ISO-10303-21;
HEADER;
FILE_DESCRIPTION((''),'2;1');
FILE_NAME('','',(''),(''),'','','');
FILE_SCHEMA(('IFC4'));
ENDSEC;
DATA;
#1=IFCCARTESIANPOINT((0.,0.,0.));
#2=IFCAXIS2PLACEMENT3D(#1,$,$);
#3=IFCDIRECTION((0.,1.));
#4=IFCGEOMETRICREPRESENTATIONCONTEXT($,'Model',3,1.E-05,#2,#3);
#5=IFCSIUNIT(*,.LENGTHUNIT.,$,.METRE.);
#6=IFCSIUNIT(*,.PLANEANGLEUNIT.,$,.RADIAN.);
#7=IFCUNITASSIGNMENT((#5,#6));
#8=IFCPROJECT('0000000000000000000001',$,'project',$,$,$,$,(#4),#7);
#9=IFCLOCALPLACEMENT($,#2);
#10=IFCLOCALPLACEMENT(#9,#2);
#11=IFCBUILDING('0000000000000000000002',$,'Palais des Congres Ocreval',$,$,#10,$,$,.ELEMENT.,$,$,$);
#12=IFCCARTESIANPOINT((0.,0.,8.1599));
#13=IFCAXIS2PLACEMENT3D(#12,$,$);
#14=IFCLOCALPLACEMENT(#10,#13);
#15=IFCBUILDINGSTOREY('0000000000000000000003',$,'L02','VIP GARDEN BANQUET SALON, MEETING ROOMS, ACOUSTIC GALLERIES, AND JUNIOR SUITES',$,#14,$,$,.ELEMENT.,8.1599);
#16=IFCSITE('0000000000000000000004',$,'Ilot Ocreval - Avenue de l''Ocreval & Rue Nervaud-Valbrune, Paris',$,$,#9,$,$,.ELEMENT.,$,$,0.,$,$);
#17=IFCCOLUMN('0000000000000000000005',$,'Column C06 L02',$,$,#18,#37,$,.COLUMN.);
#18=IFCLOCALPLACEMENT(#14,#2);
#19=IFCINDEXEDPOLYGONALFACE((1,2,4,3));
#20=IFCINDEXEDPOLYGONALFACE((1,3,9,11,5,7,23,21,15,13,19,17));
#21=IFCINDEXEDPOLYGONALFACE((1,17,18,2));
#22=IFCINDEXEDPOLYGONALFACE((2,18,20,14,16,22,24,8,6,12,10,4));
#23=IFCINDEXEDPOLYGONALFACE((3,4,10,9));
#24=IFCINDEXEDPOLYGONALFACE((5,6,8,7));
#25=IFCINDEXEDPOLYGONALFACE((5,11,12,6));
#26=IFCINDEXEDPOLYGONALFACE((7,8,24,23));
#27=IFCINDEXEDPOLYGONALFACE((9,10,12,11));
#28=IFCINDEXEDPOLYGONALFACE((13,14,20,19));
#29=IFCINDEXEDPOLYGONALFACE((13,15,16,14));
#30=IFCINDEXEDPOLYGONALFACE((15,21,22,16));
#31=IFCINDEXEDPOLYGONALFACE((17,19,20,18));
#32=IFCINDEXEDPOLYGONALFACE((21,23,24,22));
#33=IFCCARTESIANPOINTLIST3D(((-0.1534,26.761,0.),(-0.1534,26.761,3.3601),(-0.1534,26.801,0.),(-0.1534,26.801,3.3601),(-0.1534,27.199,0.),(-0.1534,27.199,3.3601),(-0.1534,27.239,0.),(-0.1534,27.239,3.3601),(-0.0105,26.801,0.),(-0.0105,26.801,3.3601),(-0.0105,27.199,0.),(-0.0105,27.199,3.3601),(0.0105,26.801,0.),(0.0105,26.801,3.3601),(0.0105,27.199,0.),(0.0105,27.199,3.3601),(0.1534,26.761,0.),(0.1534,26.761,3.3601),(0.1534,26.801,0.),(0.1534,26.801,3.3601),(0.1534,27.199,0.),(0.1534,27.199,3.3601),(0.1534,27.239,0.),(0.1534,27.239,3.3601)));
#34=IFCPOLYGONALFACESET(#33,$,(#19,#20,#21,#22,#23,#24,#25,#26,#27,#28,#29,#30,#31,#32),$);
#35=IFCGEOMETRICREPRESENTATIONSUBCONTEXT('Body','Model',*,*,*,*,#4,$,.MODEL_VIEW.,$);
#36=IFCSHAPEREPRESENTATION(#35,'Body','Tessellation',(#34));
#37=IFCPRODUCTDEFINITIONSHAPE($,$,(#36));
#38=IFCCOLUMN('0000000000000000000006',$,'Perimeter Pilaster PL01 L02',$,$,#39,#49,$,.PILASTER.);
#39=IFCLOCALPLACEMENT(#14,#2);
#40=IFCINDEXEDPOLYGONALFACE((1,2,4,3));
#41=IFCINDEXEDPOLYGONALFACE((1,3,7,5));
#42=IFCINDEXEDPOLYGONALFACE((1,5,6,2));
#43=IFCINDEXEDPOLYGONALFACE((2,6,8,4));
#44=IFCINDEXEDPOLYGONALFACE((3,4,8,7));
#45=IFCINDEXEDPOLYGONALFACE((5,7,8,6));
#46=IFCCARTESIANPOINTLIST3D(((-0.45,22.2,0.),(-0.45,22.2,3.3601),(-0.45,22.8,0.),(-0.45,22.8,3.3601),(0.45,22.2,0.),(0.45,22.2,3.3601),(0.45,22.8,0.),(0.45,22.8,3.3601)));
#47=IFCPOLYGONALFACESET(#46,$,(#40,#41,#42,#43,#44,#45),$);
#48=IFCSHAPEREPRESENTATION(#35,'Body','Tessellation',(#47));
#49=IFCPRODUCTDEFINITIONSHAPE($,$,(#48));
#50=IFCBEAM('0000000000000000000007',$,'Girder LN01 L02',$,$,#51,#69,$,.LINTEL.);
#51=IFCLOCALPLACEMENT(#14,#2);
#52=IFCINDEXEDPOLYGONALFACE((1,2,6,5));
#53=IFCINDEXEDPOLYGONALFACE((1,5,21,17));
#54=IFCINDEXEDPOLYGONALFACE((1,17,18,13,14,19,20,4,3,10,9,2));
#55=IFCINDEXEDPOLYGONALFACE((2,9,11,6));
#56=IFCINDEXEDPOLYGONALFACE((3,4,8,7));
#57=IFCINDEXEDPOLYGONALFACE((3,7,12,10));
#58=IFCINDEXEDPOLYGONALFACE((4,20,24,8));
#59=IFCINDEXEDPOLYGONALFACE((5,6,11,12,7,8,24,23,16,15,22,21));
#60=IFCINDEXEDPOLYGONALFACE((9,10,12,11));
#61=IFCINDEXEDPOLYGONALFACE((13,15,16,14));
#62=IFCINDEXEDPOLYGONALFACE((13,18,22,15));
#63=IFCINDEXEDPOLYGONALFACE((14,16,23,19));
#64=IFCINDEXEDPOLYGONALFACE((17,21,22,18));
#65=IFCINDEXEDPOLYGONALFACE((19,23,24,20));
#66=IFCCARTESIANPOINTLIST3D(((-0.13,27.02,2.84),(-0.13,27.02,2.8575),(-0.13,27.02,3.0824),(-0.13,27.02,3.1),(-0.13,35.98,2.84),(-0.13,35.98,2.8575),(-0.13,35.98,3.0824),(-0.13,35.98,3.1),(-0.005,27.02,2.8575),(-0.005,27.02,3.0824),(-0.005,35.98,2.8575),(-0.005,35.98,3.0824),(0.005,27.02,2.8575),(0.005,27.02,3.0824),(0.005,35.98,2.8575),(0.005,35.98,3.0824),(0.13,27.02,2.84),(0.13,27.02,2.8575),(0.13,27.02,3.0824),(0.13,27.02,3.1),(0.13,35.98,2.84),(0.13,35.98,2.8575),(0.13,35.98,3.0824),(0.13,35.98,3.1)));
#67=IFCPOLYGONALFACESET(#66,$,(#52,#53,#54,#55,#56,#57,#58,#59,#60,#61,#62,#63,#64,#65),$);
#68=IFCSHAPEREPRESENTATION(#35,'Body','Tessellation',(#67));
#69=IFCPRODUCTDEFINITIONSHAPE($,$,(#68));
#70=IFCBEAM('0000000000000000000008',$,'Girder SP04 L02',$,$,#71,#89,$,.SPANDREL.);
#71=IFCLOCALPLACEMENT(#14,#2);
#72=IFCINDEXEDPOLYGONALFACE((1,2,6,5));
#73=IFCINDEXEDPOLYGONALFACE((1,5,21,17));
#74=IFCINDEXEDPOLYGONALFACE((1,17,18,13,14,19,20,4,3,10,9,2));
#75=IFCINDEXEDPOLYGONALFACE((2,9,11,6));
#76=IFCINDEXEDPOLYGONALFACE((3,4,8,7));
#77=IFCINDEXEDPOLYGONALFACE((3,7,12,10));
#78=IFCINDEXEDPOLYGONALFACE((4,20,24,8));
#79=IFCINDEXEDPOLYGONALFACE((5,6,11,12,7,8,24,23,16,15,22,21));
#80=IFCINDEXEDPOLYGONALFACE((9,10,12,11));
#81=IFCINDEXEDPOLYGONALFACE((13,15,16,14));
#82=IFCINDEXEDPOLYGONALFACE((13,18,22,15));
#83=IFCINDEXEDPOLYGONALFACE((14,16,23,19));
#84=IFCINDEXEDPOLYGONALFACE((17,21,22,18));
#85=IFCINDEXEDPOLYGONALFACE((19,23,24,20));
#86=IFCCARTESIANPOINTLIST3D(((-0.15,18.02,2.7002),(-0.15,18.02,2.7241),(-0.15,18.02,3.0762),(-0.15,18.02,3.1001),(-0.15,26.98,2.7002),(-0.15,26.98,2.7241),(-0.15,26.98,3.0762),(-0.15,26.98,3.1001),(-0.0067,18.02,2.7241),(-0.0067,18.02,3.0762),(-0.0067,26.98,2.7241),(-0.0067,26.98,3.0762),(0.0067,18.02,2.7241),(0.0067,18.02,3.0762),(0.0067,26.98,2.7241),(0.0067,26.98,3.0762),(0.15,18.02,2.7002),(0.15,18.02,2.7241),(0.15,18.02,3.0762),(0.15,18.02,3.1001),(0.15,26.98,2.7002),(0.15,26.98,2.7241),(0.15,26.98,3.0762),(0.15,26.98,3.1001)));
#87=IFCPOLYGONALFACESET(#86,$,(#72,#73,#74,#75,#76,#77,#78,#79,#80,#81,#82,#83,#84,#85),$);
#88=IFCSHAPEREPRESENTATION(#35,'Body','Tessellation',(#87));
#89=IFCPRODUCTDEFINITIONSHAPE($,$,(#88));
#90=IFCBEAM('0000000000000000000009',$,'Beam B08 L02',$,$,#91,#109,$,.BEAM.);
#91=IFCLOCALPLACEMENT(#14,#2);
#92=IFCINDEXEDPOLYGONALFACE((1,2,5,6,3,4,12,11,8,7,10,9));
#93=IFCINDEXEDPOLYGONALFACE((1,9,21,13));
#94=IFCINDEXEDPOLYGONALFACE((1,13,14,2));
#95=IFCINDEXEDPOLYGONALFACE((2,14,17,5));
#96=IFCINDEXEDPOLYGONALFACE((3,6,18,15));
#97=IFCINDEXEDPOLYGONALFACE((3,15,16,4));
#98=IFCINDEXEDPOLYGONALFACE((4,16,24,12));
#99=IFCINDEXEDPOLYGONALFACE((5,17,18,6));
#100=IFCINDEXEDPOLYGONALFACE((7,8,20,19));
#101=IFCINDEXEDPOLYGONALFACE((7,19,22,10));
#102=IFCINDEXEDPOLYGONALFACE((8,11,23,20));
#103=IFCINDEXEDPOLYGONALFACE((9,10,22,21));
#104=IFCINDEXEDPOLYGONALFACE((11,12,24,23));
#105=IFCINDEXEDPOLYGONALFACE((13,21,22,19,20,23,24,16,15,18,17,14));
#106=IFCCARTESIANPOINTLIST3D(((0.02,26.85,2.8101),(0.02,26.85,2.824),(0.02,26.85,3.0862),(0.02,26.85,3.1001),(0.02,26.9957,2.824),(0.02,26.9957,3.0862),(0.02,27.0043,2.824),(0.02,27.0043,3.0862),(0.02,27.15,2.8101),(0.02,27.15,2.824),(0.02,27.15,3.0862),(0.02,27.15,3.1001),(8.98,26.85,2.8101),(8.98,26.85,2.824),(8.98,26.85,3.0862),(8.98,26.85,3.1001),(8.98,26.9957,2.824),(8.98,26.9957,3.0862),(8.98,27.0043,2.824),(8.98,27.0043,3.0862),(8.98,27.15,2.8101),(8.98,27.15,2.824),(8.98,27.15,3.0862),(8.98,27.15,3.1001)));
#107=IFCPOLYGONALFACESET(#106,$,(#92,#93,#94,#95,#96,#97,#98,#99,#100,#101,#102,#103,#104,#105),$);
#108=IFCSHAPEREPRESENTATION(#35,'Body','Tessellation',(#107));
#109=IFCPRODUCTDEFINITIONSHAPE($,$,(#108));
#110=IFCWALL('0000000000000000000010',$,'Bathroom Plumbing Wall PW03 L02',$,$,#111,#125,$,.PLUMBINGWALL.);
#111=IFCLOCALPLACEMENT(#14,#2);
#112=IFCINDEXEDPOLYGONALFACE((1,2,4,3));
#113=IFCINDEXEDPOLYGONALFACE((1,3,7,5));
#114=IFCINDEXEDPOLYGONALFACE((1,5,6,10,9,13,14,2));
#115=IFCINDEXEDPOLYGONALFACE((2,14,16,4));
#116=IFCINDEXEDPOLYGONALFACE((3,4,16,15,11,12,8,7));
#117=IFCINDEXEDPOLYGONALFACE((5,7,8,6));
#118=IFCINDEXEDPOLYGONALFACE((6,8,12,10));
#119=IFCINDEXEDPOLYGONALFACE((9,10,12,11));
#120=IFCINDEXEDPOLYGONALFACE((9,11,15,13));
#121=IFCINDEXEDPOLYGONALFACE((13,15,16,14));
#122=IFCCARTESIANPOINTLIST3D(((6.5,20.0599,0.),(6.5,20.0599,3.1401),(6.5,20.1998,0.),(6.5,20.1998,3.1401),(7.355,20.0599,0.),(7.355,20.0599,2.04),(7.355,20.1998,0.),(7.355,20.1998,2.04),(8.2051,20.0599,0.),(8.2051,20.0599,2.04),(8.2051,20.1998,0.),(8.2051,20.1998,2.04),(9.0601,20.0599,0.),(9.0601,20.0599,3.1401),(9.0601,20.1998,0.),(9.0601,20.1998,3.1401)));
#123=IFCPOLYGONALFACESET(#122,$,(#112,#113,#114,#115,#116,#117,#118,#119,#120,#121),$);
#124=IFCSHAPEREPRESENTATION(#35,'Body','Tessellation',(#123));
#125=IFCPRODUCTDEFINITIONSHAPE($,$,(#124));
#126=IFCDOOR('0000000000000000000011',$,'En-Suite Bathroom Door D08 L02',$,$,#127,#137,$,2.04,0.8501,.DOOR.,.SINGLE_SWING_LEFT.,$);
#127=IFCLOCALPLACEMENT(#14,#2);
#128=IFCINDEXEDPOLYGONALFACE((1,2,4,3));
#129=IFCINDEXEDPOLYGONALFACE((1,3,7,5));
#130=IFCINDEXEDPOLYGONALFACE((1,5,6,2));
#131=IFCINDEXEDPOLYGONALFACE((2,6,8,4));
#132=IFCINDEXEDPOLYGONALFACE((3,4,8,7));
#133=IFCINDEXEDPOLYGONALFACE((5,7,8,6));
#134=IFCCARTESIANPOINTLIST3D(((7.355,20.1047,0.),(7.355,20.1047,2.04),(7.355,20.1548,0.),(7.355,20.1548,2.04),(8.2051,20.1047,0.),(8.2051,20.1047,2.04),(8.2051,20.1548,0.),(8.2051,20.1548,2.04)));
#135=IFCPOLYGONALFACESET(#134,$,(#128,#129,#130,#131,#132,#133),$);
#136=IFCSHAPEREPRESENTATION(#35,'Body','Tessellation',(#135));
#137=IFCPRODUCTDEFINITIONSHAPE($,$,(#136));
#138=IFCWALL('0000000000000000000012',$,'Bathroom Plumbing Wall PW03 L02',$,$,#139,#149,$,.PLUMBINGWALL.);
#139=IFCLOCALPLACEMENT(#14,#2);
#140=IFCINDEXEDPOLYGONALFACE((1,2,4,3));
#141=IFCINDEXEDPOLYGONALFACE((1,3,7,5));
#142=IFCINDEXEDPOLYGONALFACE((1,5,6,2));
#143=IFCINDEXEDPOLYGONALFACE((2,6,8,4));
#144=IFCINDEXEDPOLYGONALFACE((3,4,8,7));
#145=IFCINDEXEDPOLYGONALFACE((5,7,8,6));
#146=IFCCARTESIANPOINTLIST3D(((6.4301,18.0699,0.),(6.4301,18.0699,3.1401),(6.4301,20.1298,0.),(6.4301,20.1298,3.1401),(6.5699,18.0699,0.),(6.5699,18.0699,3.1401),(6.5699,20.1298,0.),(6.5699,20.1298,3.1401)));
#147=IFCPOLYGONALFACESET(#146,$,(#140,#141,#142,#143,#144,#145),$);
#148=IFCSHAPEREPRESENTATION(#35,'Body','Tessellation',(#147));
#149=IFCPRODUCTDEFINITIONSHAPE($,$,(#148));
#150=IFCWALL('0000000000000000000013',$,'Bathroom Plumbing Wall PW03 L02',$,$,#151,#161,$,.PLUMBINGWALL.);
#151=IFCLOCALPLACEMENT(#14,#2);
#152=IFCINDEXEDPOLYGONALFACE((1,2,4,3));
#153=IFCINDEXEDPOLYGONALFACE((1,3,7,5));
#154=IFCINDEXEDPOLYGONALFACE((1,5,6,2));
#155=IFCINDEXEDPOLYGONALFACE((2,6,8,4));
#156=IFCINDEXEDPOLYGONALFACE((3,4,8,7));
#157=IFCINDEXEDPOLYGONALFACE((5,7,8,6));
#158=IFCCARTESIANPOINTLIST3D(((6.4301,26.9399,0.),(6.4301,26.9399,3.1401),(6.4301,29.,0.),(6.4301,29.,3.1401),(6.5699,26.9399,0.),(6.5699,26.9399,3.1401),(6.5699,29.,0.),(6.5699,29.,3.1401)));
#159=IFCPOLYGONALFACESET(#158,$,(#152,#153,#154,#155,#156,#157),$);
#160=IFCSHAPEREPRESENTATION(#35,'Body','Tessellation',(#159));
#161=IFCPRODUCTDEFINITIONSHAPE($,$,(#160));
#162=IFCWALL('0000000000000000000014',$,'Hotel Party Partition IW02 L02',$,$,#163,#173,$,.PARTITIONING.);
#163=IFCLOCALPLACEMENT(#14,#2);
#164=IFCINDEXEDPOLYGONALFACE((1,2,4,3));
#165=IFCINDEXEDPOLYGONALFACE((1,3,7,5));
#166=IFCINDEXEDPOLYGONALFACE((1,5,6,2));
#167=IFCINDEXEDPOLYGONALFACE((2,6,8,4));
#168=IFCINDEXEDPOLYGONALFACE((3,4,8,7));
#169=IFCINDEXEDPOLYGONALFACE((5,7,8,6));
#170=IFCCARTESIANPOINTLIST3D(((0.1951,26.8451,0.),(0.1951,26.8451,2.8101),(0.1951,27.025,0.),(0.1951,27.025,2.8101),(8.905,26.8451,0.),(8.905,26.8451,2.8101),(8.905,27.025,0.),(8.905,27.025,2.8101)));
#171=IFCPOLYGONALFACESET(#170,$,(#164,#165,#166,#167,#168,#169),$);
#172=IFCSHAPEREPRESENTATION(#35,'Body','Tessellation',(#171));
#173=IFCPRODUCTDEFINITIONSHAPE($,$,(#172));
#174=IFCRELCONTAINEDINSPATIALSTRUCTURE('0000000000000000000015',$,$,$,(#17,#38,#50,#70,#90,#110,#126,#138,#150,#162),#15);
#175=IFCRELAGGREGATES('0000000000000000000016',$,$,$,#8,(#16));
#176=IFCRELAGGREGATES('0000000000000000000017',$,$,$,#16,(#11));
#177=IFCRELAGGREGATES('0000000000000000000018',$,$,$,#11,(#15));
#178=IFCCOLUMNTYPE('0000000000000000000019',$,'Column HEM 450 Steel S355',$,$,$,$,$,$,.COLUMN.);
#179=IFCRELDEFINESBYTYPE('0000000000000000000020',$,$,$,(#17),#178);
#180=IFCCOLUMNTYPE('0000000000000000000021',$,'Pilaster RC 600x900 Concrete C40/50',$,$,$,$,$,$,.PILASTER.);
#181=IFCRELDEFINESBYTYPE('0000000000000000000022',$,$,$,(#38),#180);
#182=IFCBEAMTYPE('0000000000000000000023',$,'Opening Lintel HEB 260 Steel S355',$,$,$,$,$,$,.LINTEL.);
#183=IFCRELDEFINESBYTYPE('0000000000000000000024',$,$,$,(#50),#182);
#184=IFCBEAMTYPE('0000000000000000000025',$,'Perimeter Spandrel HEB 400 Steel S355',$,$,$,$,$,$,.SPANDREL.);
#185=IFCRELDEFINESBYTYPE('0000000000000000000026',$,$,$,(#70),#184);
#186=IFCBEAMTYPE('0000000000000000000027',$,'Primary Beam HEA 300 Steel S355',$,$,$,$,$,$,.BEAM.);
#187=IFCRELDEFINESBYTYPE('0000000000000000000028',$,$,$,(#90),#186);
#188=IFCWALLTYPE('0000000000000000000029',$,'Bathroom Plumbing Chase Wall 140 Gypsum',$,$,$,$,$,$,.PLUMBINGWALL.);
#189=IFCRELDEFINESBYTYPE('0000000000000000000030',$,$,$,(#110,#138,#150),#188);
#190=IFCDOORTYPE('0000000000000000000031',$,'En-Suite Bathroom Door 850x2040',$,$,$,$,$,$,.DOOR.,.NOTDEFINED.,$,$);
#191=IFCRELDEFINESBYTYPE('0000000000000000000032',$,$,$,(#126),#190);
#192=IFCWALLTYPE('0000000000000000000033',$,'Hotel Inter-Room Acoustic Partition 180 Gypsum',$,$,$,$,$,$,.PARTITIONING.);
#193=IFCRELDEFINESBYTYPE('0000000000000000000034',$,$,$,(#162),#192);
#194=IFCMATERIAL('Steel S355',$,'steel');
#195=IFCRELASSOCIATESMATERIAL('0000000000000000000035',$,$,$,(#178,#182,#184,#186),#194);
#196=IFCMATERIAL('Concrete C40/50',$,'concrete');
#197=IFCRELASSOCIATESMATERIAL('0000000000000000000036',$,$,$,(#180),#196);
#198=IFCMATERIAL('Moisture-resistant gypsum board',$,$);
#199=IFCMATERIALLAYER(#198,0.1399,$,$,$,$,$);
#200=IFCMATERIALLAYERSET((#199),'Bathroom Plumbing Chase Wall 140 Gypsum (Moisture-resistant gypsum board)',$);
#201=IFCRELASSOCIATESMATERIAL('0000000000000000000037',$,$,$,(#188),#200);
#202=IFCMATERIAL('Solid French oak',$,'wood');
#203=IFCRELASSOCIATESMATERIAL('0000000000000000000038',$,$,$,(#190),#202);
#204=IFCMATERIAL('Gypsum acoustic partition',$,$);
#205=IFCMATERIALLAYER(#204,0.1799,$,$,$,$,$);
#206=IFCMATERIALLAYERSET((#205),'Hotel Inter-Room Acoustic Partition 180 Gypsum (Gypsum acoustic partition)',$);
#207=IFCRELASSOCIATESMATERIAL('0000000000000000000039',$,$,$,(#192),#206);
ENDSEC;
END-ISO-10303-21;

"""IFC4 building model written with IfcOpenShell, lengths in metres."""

from ifc_helpers import new_model, si_unit, direction, frame, frame_2d, origin, origin_2d, place, context, subcontext, project, spatial, rectangle, i_section, extrude, material, layer, layer_set, material_profile, profile_set, type_object, element, fill, save


model = new_model("IFC4")

# Units and contexts
model_context = context("Model", 3, precision=1e-05, world=origin(), true_north=direction((0.0, 1.0)))
body_context = subcontext(model_context, "Body", "Model", "MODEL_VIEW")
ifc_project = project(units=[si_unit("LENGTHUNIT", "METRE"), si_unit("PLANEANGLEUNIT", "RADIAN")], contexts=[model_context])

# Site, building, storey
site_placement = place(None, origin())
site = spatial("IfcSite", under=ifc_project, at=site_placement, Name="Ilot Ocreval - Avenue de l'Ocreval & Rue Nervaud-Valbrune, Paris", CompositionType="ELEMENT", RefElevation=0.0)
building_placement = place(site_placement, origin())
building = spatial("IfcBuilding", under=site, at=building_placement, Name="Palais des Congres Ocreval", CompositionType="ELEMENT")
storey_placement = place(building_placement, frame((0.0, 0.0, 8.1599)))
storey = spatial("IfcBuildingStorey", under=building, at=storey_placement, Name="L02", Description="VIP GARDEN BANQUET SALON, MEETING ROOMS, ACOUSTIC GALLERIES, AND JUNIOR SUITES", CompositionType="ELEMENT", Elevation=8.1599)

# Columns
ifc_material_1 = material(Name="Steel S355", Category="steel")
ifc_material_profile_1 = material_profile(ifc_material_1, i_section(OverallWidth=0.3069, OverallDepth=0.478, WebThickness=0.021, FlangeThickness=0.04, at=origin_2d()), Name="HEM 450")
ifc_profile_set_1 = profile_set([ifc_material_profile_1], Name="Steel S355")
column_type_1 = type_object("IfcColumnType", Name="Column HEM 450 Steel S355", PredefinedType="COLUMN", material=ifc_profile_set_1)
column_1_placement = place(storey_placement, frame((0.0, 27.0, 0.0), z_axis=(0.0, 0.0, 1.0), x_axis=(1.0, 0.0, 0.0)))
element("IfcColumn", 1, at=column_1_placement, inside=storey, type_object=column_type_1, Name="Column C06 L02", PredefinedType="COLUMN", context=body_context, shape_type="SweptSolid", body=[
    extrude(i_section(OverallWidth=0.3069, OverallDepth=0.478, WebThickness=0.021, FlangeThickness=0.04, at=origin_2d()), origin(), (0.0, 0.0, 1.0), 3.3601),
])
ifc_material_2 = material(Name="Concrete C40/50", Category="concrete")
ifc_material_profile_2 = material_profile(ifc_material_2, rectangle(XDim=0.6001, YDim=0.8999, at=origin_2d()), Name="RC 600x900")
ifc_profile_set_2 = profile_set([ifc_material_profile_2], Name="Concrete C40/50")
column_type_2 = type_object("IfcColumnType", Name="Pilaster RC 600x900 Concrete C40/50", PredefinedType="PILASTER", material=ifc_profile_set_2)
column_2_placement = place(storey_placement, frame((0.0, 22.5, 0.0), z_axis=(0.0, 0.0, 1.0), x_axis=(0.0, 1.0, 0.0)))
element("IfcColumn", 2, at=column_2_placement, inside=storey, type_object=column_type_2, Name="Perimeter Pilaster PL01 L02", PredefinedType="PILASTER", context=body_context, shape_type="SweptSolid", body=[
    extrude(rectangle(XDim=0.6001, YDim=0.8999, at=origin_2d()), origin(), (0.0, 0.0, 1.0), 3.3601),
])

# Beams
ifc_material_profile_3 = material_profile(ifc_material_1, i_section(OverallWidth=0.26, OverallDepth=0.26, WebThickness=0.01, FlangeThickness=0.0176, at=origin_2d()), Name="HEB 260")
ifc_profile_set_3 = profile_set([ifc_material_profile_3], Name="Steel S355")
beam_type_1 = type_object("IfcBeamType", Name="Opening Lintel HEB 260 Steel S355", PredefinedType="LINTEL", material=ifc_profile_set_3)
beam_1_placement = place(storey_placement, frame((0.0, 27.02, 2.97), z_axis=(0.0, 1.0, 0.0), x_axis=(-1.0, 0.0, 0.0)))
element("IfcBeam", 3, at=beam_1_placement, inside=storey, type_object=beam_type_1, Name="Girder LN01 L02", PredefinedType="LINTEL", context=body_context, shape_type="SweptSolid", body=[
    extrude(i_section(OverallWidth=0.26, OverallDepth=0.26, WebThickness=0.01, FlangeThickness=0.0176, at=origin_2d()), origin(), (0.0, 0.0, 1.0), 8.96),
])
ifc_material_profile_4 = material_profile(ifc_material_1, i_section(OverallWidth=0.3, OverallDepth=0.3999, WebThickness=0.0134, FlangeThickness=0.0239, at=origin_2d()), Name="HEB 400")
ifc_profile_set_4 = profile_set([ifc_material_profile_4], Name="Steel S355")
beam_type_2 = type_object("IfcBeamType", Name="Perimeter Spandrel HEB 400 Steel S355", PredefinedType="SPANDREL", material=ifc_profile_set_4)
beam_2_placement = place(storey_placement, frame((0.0, 18.02, 2.9001), z_axis=(0.0, 1.0, 0.0), x_axis=(-1.0, 0.0, 0.0)))
element("IfcBeam", 4, at=beam_2_placement, inside=storey, type_object=beam_type_2, Name="Girder SP04 L02", PredefinedType="SPANDREL", context=body_context, shape_type="SweptSolid", body=[
    extrude(i_section(OverallWidth=0.3, OverallDepth=0.3999, WebThickness=0.0134, FlangeThickness=0.0239, at=origin_2d()), origin(), (0.0, 0.0, 1.0), 8.96),
])
ifc_material_profile_5 = material_profile(ifc_material_1, i_section(OverallWidth=0.3, OverallDepth=0.29, WebThickness=0.0085, FlangeThickness=0.0139, at=origin_2d()), Name="HEA 300")
ifc_profile_set_5 = profile_set([ifc_material_profile_5], Name="Steel S355")
beam_type_3 = type_object("IfcBeamType", Name="Primary Beam HEA 300 Steel S355", PredefinedType="BEAM", material=ifc_profile_set_5)
beam_3_placement = place(storey_placement, frame((0.02, 27.0, 2.9551), z_axis=(1.0, 0.0, 0.0), x_axis=(0.0, 1.0, 0.0)))
element("IfcBeam", 5, at=beam_3_placement, inside=storey, type_object=beam_type_3, Name="Beam B08 L02", PredefinedType="BEAM", context=body_context, shape_type="SweptSolid", body=[
    extrude(i_section(OverallWidth=0.3, OverallDepth=0.29, WebThickness=0.0085, FlangeThickness=0.0139, at=origin_2d()), origin(), (0.0, 0.0, 1.0), 8.96),
])

# Wall, opening, door
ifc_material_3 = material(Name="Moisture-resistant gypsum board")
ifc_layer_1 = layer(ifc_material_3, 0.1399)
ifc_layer_set_1 = layer_set([ifc_layer_1], Name="Bathroom Plumbing Chase Wall 140 Gypsum (Moisture-resistant gypsum board)")
wall_type_1 = type_object("IfcWallType", Name="Bathroom Plumbing Chase Wall 140 Gypsum", PredefinedType="PLUMBINGWALL", material=ifc_layer_set_1)
wall_1_placement = place(storey_placement, frame((6.5, 20.1299, 0.0), z_axis=(0.0, 0.0, 1.0), x_axis=(1.0, 0.0, 0.0)))
wall_1 = element("IfcWall", 6, at=wall_1_placement, inside=storey, type_object=wall_type_1, Name="Bathroom Plumbing Wall PW03 L02", PredefinedType="PLUMBINGWALL", context=body_context, shape_type="SweptSolid", body=[
    extrude(rectangle(XDim=2.5601, YDim=0.1399, at=frame_2d((1.28, 0.0))), origin(), (0.0, 0.0, 1.0), 3.1401),
])
opening_1_placement = place(wall_1_placement, frame((0.855, 0.0, 0.0)))
opening_1 = element("IfcOpeningElement", 7, at=opening_1_placement, cuts=wall_1, PredefinedType="OPENING", context=body_context, shape_type="SweptSolid", body=[
    extrude(rectangle(XDim=0.8501, YDim=2.04, at=frame_2d((0.425, 1.02))), frame((0.0, 0.0798, 0.0), z_axis=(0.0, -1.0, 0.0), x_axis=(1.0, 0.0, 0.0)), (0.0, 0.0, 1.0), 0.1599),
])
ifc_material_4 = material(Name="Solid French oak", Category="wood")
door_type = type_object("IfcDoorType", Name="En-Suite Bathroom Door 850x2040", OperationType="NOTDEFINED", PredefinedType="DOOR", material=ifc_material_4)
door_placement = place(opening_1_placement, origin())
door = element("IfcDoor", 8, at=door_placement, inside=storey, type_object=door_type, Name="En-Suite Bathroom Door D08 L02", OperationType="SINGLE_SWING_LEFT", OverallHeight=2.04, OverallWidth=0.8501, PredefinedType="DOOR", context=body_context, shape_type="SweptSolid", body=[
    extrude(rectangle(XDim=0.8501, YDim=2.04, at=frame_2d((0.425, 1.02))), frame((0.0, 0.0249, 0.0), z_axis=(0.0, -1.0, 0.0), x_axis=(1.0, 0.0, 0.0)), (0.0, 0.0, 1.0), 0.05),
])
fill(opening_1, door)

# Walls
wall_2_placement = place(storey_placement, frame((6.5, 18.0701, 0.0), z_axis=(0.0, 0.0, 1.0), x_axis=(0.0, 1.0, 0.0)))
element("IfcWall", 9, at=wall_2_placement, inside=storey, type_object=wall_type_1, Name="Bathroom Plumbing Wall PW03 L02", PredefinedType="PLUMBINGWALL", context=body_context, shape_type="SweptSolid", body=[
    extrude(rectangle(XDim=2.0598, YDim=0.1399, at=frame_2d((1.0298, 0.0))), origin(), (0.0, 0.0, 1.0), 3.1401),
])
wall_3_placement = place(storey_placement, frame((6.5, 26.9399, 0.0), z_axis=(0.0, 0.0, 1.0), x_axis=(0.0, 1.0, 0.0)))
element("IfcWall", 10, at=wall_3_placement, inside=storey, type_object=wall_type_1, Name="Bathroom Plumbing Wall PW03 L02", PredefinedType="PLUMBINGWALL", context=body_context, shape_type="SweptSolid", body=[
    extrude(rectangle(XDim=2.0601, YDim=0.1399, at=frame_2d((1.03, 0.0))), origin(), (0.0, 0.0, 1.0), 3.1401),
])
ifc_material_5 = material(Name="Gypsum acoustic partition")
ifc_layer_2 = layer(ifc_material_5, 0.1799)
ifc_layer_set_2 = layer_set([ifc_layer_2], Name="Hotel Inter-Room Acoustic Partition 180 Gypsum (Gypsum acoustic partition)")
wall_type_2 = type_object("IfcWallType", Name="Hotel Inter-Room Acoustic Partition 180 Gypsum", PredefinedType="PARTITIONING", material=ifc_layer_set_2)
wall_4_placement = place(storey_placement, frame((0.1951, 26.9351, 0.0), z_axis=(0.0, 0.0, 1.0), x_axis=(1.0, 0.0, 0.0)))
element("IfcWall", 11, at=wall_4_placement, inside=storey, type_object=wall_type_2, Name="Hotel Party Partition IW02 L02", PredefinedType="PARTITIONING", context=body_context, shape_type="SweptSolid", body=[
    extrude(rectangle(XDim=8.71, YDim=0.1799, at=frame_2d((4.355, 0.0))), origin(), (0.0, 0.0, 1.0), 2.8101),
])

save(model, "model.ifc")
